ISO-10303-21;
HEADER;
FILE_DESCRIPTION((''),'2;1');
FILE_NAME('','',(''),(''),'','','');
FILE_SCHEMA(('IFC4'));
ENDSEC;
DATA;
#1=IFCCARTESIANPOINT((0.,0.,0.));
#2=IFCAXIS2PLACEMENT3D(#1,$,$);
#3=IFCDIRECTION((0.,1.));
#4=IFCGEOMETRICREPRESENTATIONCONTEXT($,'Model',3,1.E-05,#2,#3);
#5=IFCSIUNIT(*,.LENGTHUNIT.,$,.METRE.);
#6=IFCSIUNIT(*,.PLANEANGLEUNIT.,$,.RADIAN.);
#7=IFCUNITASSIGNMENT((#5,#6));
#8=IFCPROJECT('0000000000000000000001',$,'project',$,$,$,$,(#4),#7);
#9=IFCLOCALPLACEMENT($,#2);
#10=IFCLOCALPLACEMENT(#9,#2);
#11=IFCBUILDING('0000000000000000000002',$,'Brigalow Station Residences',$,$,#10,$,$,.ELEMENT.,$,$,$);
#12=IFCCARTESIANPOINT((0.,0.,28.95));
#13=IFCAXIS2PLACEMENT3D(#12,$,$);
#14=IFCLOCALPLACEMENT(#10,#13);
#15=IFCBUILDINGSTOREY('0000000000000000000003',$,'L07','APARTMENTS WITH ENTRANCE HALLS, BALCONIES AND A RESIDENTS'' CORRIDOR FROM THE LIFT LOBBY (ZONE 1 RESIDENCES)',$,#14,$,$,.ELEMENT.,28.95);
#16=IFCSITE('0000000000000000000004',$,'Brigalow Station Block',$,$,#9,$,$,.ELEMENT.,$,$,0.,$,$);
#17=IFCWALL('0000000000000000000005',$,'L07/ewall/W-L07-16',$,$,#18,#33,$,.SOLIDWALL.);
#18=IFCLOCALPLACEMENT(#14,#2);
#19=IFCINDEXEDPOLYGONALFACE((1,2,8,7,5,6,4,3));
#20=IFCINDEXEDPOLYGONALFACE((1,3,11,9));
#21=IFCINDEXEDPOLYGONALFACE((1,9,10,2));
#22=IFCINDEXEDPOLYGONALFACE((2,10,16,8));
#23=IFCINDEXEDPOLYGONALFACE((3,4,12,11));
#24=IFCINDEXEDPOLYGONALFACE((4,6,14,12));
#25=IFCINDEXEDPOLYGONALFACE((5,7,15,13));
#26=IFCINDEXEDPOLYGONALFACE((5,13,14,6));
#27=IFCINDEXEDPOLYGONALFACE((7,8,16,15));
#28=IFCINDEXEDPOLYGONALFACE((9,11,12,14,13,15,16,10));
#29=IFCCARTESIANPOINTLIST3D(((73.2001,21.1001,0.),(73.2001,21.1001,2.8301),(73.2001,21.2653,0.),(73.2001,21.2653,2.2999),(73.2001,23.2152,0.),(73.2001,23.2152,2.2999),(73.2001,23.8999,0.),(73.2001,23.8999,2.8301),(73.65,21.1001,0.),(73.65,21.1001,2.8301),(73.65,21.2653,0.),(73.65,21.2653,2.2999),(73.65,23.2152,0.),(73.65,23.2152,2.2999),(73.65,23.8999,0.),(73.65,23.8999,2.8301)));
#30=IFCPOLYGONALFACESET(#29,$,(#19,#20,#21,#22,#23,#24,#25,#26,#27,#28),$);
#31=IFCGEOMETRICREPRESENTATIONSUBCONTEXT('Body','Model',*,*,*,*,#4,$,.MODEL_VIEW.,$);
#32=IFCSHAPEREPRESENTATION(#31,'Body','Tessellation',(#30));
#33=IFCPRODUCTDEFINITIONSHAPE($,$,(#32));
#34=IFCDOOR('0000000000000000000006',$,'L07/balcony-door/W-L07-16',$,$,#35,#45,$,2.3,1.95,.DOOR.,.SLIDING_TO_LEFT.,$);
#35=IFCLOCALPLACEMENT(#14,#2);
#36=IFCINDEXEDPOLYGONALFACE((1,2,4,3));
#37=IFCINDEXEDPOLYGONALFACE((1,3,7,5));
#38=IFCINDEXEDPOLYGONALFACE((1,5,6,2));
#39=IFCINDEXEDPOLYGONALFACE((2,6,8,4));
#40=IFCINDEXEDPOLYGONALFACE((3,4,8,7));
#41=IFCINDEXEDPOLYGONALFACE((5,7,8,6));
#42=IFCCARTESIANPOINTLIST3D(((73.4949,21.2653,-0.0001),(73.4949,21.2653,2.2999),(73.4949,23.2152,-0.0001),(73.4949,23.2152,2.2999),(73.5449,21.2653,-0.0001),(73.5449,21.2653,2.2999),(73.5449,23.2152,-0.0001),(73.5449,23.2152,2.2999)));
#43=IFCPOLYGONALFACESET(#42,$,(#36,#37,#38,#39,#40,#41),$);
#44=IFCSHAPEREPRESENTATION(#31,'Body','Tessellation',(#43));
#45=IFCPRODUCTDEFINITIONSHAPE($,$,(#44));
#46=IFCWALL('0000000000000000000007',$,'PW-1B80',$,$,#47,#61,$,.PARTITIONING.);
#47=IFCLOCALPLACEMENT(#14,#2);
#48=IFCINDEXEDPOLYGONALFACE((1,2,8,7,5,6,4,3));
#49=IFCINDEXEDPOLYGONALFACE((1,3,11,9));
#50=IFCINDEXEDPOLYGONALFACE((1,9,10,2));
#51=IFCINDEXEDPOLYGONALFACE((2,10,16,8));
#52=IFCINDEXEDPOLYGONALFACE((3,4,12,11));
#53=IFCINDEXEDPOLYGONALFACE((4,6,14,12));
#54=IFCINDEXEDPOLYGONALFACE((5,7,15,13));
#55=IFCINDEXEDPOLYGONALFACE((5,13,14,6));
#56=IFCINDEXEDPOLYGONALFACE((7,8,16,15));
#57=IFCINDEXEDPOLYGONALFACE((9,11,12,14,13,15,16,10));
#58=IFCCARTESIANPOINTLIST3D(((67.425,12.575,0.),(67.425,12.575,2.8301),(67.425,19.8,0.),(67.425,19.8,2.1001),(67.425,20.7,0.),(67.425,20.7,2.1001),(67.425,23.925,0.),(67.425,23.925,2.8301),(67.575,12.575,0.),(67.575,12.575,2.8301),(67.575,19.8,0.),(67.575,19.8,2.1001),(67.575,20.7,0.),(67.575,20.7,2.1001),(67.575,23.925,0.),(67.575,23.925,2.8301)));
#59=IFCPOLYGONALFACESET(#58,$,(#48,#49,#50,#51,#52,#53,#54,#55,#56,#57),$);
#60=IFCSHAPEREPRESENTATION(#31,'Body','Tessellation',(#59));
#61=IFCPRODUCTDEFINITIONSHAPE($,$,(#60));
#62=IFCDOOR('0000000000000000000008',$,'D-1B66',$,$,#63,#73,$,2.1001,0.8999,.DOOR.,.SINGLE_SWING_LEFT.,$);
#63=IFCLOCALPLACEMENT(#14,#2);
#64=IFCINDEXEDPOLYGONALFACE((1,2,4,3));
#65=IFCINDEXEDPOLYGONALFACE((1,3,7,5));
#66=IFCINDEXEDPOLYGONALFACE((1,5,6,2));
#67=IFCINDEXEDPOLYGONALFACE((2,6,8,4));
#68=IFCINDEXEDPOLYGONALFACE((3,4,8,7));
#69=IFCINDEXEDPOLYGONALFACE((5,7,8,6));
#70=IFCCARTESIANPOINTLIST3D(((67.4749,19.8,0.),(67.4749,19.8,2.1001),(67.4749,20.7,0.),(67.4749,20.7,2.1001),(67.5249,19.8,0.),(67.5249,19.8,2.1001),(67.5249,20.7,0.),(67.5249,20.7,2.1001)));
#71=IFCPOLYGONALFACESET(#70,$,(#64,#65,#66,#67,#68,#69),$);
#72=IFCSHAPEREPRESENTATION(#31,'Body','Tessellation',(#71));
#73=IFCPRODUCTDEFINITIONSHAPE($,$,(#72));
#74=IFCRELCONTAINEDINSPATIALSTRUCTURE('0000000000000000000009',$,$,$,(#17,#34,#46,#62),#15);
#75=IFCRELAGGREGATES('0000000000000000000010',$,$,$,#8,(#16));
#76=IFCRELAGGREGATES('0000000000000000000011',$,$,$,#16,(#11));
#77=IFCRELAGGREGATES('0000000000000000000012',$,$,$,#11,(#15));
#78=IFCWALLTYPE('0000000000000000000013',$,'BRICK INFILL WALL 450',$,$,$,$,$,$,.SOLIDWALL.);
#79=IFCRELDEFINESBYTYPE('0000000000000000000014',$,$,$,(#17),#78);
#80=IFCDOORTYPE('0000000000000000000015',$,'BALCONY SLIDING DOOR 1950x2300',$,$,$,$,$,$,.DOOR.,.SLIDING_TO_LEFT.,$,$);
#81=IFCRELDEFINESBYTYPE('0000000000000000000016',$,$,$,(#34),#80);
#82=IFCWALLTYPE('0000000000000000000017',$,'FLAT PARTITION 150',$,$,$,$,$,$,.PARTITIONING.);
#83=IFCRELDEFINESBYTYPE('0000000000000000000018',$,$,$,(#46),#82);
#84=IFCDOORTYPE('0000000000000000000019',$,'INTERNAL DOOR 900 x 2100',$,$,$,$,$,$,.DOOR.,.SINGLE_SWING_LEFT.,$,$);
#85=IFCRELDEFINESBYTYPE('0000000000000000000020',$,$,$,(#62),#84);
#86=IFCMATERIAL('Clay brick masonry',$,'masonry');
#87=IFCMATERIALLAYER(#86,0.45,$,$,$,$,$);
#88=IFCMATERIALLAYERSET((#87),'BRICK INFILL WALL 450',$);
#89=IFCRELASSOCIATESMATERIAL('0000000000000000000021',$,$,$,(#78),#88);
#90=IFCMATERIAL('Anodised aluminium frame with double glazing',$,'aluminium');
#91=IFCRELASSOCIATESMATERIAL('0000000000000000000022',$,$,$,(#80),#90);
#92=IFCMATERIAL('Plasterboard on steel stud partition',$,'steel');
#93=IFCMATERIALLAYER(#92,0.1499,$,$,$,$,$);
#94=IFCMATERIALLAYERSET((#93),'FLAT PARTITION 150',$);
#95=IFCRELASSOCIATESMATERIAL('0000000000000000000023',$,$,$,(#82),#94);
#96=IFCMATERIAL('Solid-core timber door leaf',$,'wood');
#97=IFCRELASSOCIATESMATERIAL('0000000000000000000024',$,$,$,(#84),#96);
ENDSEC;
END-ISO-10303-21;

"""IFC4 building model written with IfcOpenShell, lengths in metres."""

from ifc_helpers import new_model, si_unit, direction, frame, frame_2d, origin, place, context, subcontext, project, spatial, rectangle, extrude, material, layer, layer_set, type_object, element, fill, save


model = new_model("IFC4")

# Units and contexts
model_context = context("Model", 3, precision=1e-05, world=origin(), true_north=direction((0.0, 1.0)))
body_context = subcontext(model_context, "Body", "Model", "MODEL_VIEW")
ifc_project = project(units=[si_unit("LENGTHUNIT", "METRE"), si_unit("PLANEANGLEUNIT", "RADIAN")], contexts=[model_context])

# Site, building, storey
site_placement = place(None, origin())
site = spatial("IfcSite", under=ifc_project, at=site_placement, Name="Brigalow Station Block", CompositionType="ELEMENT", RefElevation=0.0)
building_placement = place(site_placement, origin())
building = spatial("IfcBuilding", under=site, at=building_placement, Name="Brigalow Station Residences", CompositionType="ELEMENT")
storey_placement = place(building_placement, frame((0.0, 0.0, 28.95)))
storey = spatial("IfcBuildingStorey", under=building, at=storey_placement, Name="L07", Description="APARTMENTS WITH ENTRANCE HALLS, BALCONIES AND A RESIDENTS' CORRIDOR FROM THE LIFT LOBBY (ZONE 1 RESIDENCES)", CompositionType="ELEMENT", Elevation=28.95)

# Shared definitions
ifc_material_1 = material(Name="Clay brick masonry", Category="masonry")
ifc_layer_1 = layer(ifc_material_1, 0.45)
ifc_layer_set_1 = layer_set([ifc_layer_1], Name="BRICK INFILL WALL 450")
wall_type_1 = type_object("IfcWallType", Name="BRICK INFILL WALL 450", PredefinedType="SOLIDWALL", material=ifc_layer_set_1)

# Walls, openings, doors
wall_1_placement = place(storey_placement, frame((73.425, 21.1001, 0.0), z_axis=(0.0, 0.0, 1.0), x_axis=(0.0, 1.0, 0.0)))
wall_1 = element("IfcWall", 1, at=wall_1_placement, inside=storey, type_object=wall_type_1, Name="L07/ewall/W-L07-16", PredefinedType="SOLIDWALL", context=body_context, shape_type="SweptSolid", body=[
    extrude(rectangle(XDim=2.7998, YDim=0.45, at=frame_2d((1.3999, 0.0))), origin(), (0.0, 0.0, 1.0), 2.8301),
])
opening_1_placement = place(wall_1_placement, frame((0.165, 0.0, 0.0)))
opening_1 = element("IfcOpeningElement", 2, at=opening_1_placement, cuts=wall_1, PredefinedType="OPENING", context=body_context, shape_type="SweptSolid", body=[
    extrude(rectangle(XDim=1.95, YDim=2.3, at=frame_2d((0.9751, 1.1499))), frame((0.0, 0.2349, 0.0), z_axis=(0.0, -1.0, 0.0), x_axis=(1.0, 0.0, 0.0)), (0.0, 0.0, 1.0), 0.47),
])
ifc_material_2 = material(Name="Anodised aluminium frame with double glazing", Category="aluminium")
door_type_1 = type_object("IfcDoorType", Name="BALCONY SLIDING DOOR 1950x2300", OperationType="SLIDING_TO_LEFT", PredefinedType="DOOR", material=ifc_material_2)
door_1_placement = place(opening_1_placement, origin())
door_1 = element("IfcDoor", 3, at=door_1_placement, inside=storey, type_object=door_type_1, Name="L07/balcony-door/W-L07-16", OperationType="SLIDING_TO_LEFT", OverallHeight=2.3, OverallWidth=1.95, PredefinedType="DOOR", context=body_context, shape_type="SweptSolid", body=[
    extrude(rectangle(XDim=1.95, YDim=2.3, at=frame_2d((0.9751, 1.1499))), frame((0.0, -0.0698, 0.0), z_axis=(0.0, -1.0, 0.0), x_axis=(1.0, 0.0, 0.0)), (0.0, 0.0, 1.0), 0.05),
])
fill(opening_1, door_1)
ifc_material_3 = material(Name="Plasterboard on steel stud partition", Category="steel")
ifc_layer_2 = layer(ifc_material_3, 0.1499)
ifc_layer_set_2 = layer_set([ifc_layer_2], Name="FLAT PARTITION 150")
wall_type_2 = type_object("IfcWallType", Name="FLAT PARTITION 150", PredefinedType="PARTITIONING", material=ifc_layer_set_2)
wall_2_placement = place(storey_placement, frame((67.5, 12.575, 0.0), z_axis=(0.0, 0.0, 1.0), x_axis=(0.0, 1.0, 0.0)))
wall_2 = element("IfcWall", 4, at=wall_2_placement, inside=storey, type_object=wall_type_2, Name="PW-1B80", PredefinedType="PARTITIONING", context=body_context, shape_type="SweptSolid", body=[
    extrude(rectangle(XDim=11.3501, YDim=0.1499, at=frame_2d((5.675, 0.0))), origin(), (0.0, 0.0, 1.0), 2.8301),
])
opening_2_placement = place(wall_2_placement, frame((7.2251, 0.0, 0.0)))
opening_2 = element("IfcOpeningElement", 5, at=opening_2_placement, cuts=wall_2, PredefinedType="OPENING", context=body_context, shape_type="SweptSolid", body=[
    extrude(rectangle(XDim=0.8999, YDim=2.1001, at=frame_2d((0.45, 1.05))), frame((0.0, 0.085, 0.0), z_axis=(0.0, -1.0, 0.0), x_axis=(1.0, 0.0, 0.0)), (0.0, 0.0, 1.0), 0.1699),
])
ifc_material_4 = material(Name="Solid-core timber door leaf", Category="wood")
door_type_2 = type_object("IfcDoorType", Name="INTERNAL DOOR 900 x 2100", OperationType="SINGLE_SWING_LEFT", PredefinedType="DOOR", material=ifc_material_4)
door_2_placement = place(opening_2_placement, frame((0.8999, 0.0, 0.0), z_axis=(0.0, 0.0, 1.0), x_axis=(-1.0, 0.0, 0.0)))
door_2 = element("IfcDoor", 6, at=door_2_placement, inside=storey, type_object=door_type_2, Name="D-1B66", OperationType="SINGLE_SWING_LEFT", OverallHeight=2.1001, OverallWidth=0.8999, PredefinedType="DOOR", context=body_context, shape_type="SweptSolid", body=[
    extrude(rectangle(XDim=0.8999, YDim=2.1001, at=frame_2d((0.45, 1.05))), frame((0.0, 0.0249, 0.0), z_axis=(0.0, -1.0, 0.0), x_axis=(1.0, 0.0, 0.0)), (0.0, 0.0, 1.0), 0.05),
])
fill(opening_2, door_2)

save(model, "model.ifc")
